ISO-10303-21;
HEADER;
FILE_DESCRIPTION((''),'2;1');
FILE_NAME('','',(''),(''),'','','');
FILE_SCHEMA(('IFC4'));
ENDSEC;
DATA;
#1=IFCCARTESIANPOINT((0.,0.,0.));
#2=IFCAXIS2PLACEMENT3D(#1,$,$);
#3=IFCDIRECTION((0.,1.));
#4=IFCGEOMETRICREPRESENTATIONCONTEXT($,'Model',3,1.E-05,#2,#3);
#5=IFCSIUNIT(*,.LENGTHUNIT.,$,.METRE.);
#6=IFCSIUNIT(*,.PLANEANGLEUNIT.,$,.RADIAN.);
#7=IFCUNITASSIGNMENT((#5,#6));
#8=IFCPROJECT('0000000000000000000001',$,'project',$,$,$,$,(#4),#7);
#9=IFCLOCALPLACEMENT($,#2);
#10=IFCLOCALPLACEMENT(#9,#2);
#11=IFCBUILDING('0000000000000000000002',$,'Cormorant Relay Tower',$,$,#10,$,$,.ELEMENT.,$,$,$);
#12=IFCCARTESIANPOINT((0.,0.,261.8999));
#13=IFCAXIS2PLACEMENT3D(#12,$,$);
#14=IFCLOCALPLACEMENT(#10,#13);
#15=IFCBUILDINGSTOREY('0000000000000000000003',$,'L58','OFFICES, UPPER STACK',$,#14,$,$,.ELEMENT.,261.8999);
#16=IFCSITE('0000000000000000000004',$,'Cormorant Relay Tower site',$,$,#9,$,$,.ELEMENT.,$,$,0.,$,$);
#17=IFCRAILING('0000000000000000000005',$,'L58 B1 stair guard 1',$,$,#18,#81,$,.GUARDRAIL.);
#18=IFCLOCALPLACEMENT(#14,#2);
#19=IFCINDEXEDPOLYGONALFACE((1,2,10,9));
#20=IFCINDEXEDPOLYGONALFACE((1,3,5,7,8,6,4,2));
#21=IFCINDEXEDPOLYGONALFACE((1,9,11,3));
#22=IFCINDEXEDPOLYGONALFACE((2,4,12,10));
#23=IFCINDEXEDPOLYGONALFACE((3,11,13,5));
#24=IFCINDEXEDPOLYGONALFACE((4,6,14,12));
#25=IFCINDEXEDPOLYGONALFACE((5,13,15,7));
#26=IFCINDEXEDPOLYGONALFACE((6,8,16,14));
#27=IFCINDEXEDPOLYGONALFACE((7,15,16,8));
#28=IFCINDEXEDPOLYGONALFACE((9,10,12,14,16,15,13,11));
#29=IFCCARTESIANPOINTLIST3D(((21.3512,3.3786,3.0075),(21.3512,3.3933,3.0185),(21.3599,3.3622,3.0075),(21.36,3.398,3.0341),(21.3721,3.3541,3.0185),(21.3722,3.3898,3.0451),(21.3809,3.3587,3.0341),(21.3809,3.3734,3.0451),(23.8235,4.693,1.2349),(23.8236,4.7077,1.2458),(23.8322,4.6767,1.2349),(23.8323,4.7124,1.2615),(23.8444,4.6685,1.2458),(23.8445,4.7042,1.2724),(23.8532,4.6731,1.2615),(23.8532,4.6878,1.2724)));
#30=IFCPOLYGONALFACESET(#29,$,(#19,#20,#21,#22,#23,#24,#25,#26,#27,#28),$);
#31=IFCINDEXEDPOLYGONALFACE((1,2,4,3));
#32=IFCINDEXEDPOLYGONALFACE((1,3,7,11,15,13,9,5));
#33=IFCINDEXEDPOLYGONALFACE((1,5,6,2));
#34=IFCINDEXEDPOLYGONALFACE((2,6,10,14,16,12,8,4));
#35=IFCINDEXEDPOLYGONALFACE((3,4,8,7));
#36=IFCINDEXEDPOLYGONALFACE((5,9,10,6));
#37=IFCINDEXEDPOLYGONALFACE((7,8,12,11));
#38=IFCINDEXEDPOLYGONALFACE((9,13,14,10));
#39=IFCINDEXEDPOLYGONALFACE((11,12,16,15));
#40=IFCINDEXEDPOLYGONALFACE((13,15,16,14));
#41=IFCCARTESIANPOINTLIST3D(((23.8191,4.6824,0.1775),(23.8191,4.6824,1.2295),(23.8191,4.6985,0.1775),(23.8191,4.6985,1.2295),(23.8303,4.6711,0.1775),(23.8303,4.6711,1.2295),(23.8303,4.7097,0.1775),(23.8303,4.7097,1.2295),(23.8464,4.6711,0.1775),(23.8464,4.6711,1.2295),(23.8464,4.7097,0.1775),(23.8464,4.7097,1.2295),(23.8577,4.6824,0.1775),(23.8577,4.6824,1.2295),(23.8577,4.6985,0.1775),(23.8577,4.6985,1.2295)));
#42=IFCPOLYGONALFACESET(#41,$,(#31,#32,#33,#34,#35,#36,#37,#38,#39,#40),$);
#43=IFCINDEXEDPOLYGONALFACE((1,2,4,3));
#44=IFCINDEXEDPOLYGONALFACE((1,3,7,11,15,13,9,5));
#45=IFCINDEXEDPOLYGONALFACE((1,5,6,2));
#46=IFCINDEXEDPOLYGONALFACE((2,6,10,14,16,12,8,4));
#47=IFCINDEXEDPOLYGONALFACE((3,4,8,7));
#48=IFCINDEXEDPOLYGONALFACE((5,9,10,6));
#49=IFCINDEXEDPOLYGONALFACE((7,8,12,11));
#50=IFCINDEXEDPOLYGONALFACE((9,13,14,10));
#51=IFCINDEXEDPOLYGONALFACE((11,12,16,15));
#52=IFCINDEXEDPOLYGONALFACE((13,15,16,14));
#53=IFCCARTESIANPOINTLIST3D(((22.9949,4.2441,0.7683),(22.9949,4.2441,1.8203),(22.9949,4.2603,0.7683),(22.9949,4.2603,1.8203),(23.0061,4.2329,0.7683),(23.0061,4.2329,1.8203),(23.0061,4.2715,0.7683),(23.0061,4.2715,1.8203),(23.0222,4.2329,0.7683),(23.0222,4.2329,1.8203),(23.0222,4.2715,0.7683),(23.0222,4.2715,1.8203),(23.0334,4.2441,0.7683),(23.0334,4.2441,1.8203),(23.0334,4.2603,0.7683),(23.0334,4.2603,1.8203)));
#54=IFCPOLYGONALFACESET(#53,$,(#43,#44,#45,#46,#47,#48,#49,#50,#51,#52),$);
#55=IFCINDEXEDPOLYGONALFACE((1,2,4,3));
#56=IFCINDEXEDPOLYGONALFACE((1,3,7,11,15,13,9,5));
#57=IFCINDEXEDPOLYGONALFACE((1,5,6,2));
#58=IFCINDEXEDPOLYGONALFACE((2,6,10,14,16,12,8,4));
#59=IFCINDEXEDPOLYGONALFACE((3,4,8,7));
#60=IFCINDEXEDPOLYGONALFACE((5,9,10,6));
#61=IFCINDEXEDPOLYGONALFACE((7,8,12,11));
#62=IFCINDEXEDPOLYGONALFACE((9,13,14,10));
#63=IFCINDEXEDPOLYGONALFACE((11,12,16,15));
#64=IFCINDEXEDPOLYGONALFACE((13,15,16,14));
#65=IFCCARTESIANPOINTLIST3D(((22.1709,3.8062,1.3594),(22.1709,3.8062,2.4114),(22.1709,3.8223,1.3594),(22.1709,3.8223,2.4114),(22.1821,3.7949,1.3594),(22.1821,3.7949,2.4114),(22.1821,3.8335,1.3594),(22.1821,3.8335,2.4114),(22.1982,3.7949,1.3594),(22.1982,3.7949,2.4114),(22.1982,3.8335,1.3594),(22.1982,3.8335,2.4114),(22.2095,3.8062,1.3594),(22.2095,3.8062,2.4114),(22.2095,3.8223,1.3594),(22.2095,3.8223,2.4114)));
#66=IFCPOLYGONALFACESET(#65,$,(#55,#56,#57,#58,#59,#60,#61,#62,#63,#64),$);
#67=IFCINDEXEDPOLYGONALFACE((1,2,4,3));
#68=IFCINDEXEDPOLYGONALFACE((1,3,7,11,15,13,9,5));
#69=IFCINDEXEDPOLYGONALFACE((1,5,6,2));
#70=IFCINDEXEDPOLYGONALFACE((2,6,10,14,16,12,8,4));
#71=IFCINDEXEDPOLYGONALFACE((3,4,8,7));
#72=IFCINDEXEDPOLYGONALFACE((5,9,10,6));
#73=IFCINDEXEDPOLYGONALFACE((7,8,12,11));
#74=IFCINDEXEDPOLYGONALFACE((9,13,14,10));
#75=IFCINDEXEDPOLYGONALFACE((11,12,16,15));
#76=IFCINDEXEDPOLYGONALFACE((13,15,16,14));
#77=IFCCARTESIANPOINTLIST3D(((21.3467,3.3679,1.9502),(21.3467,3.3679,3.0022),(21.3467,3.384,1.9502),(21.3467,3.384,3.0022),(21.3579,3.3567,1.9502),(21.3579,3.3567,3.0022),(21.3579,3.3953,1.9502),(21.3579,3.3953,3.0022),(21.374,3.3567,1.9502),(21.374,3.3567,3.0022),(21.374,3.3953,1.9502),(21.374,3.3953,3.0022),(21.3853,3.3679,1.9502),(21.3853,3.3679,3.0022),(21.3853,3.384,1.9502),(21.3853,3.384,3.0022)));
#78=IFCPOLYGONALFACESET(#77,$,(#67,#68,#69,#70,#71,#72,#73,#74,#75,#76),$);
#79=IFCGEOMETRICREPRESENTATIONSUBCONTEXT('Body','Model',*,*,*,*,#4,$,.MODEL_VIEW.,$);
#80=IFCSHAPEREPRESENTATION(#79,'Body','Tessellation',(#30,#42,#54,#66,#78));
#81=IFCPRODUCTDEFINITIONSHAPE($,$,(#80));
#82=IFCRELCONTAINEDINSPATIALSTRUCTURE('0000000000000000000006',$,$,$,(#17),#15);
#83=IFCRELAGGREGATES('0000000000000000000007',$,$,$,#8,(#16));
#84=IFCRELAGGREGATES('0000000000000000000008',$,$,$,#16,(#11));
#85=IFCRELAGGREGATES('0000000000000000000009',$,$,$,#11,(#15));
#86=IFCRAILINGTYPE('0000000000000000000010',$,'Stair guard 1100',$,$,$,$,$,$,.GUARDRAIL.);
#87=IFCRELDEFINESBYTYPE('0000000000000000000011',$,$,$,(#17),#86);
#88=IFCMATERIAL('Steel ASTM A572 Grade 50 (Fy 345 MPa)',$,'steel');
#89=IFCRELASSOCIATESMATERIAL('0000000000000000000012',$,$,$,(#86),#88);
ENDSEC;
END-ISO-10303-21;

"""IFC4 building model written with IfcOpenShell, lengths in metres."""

from ifc_helpers import new_model, si_unit, direction, frame, origin, place, context, subcontext, project, spatial, polyline, outline, extrude, material, type_object, element, save


model = new_model("IFC4")

# Units and contexts
model_context = context("Model", 3, precision=1e-05, world=origin(), true_north=direction((0.0, 1.0)))
body_context = subcontext(model_context, "Body", "Model", "MODEL_VIEW")
ifc_project = project(units=[si_unit("LENGTHUNIT", "METRE"), si_unit("PLANEANGLEUNIT", "RADIAN")], contexts=[model_context])

# Site, building, storey
site_placement = place(None, origin())
site = spatial("IfcSite", under=ifc_project, at=site_placement, Name="Cormorant Relay Tower site", CompositionType="ELEMENT", RefElevation=0.0)
building_placement = place(site_placement, origin())
building = spatial("IfcBuilding", under=site, at=building_placement, Name="Cormorant Relay Tower", CompositionType="ELEMENT")
storey_placement = place(building_placement, frame((0.0, 0.0, 261.8999)))
storey = spatial("IfcBuildingStorey", under=building, at=storey_placement, Name="L58", Description="OFFICES, UPPER STACK", CompositionType="ELEMENT", Elevation=261.8999)

# Railing
ifc_material_1 = material(Name="Steel ASTM A572 Grade 50 (Fy 345 MPa)", Category="steel")
railing_type = type_object("IfcRailingType", Name="Stair guard 1100", PredefinedType="GUARDRAIL", material=ifc_material_1)
railing_placement = place(storey_placement, frame((23.8384, 4.6904, 0.1775)))
element("IfcRailing", 1, at=railing_placement, inside=storey, type_object=railing_type, Name="L58 B1 stair guard 1", PredefinedType="GUARDRAIL", context=body_context, shape_type="SweptSolid", body=[
    extrude(outline(polyline([(0.0222, 0.0093), (0.0093, 0.0222), (-0.0093, 0.0222), (-0.0222, 0.0093), (-0.0222, -0.0093), (-0.0093, -0.0222), (0.0093, -0.0222), (0.0222, -0.0093), (0.0222, 0.0093)])), frame((0.0, 0.0, 1.0762), z_axis=(-0.746034, -0.396627, 0.534902), x_axis=(0.469429, -0.88297, 0.0)), (0.0, 0.0, 1.0), 3.314),
    extrude(outline(polyline([(0.0193, 0.0081), (0.0081, 0.0193), (-0.0081, 0.0193), (-0.0193, 0.0081), (-0.0193, -0.0081), (-0.0081, -0.0193), (0.0081, -0.0193), (0.0193, -0.0081), (0.0193, 0.0081)])), origin(), (0.0, 0.0, 1.0), 1.052),
    extrude(outline(polyline([(0.0193, 0.0081), (0.0081, 0.0193), (-0.0081, 0.0193), (-0.0193, 0.0081), (-0.0193, -0.0081), (-0.0081, -0.0193), (0.0081, -0.0193), (0.0193, -0.0081), (0.0193, 0.0081)])), frame((-0.8242, -0.4382, 0.5908)), (0.0, 0.0, 1.0), 1.052),
    extrude(outline(polyline([(0.0193, 0.0081), (0.0081, 0.0193), (-0.0081, 0.0193), (-0.0193, 0.0081), (-0.0193, -0.0081), (-0.0081, -0.0193), (0.0081, -0.0193), (0.0193, -0.0081), (0.0193, 0.0081)])), frame((-1.6482, -0.8762, 1.1819)), (0.0, 0.0, 1.0), 1.052),
    extrude(outline(polyline([(0.0193, 0.0081), (0.0081, 0.0193), (-0.0081, 0.0193), (-0.0193, 0.0081), (-0.0193, -0.0081), (-0.0081, -0.0193), (0.0081, -0.0193), (0.0193, -0.0081), (0.0193, 0.0081)])), frame((-2.4724, -1.3145, 1.7727)), (0.0, 0.0, 1.0), 1.052),
])

save(model, "model.ifc")
